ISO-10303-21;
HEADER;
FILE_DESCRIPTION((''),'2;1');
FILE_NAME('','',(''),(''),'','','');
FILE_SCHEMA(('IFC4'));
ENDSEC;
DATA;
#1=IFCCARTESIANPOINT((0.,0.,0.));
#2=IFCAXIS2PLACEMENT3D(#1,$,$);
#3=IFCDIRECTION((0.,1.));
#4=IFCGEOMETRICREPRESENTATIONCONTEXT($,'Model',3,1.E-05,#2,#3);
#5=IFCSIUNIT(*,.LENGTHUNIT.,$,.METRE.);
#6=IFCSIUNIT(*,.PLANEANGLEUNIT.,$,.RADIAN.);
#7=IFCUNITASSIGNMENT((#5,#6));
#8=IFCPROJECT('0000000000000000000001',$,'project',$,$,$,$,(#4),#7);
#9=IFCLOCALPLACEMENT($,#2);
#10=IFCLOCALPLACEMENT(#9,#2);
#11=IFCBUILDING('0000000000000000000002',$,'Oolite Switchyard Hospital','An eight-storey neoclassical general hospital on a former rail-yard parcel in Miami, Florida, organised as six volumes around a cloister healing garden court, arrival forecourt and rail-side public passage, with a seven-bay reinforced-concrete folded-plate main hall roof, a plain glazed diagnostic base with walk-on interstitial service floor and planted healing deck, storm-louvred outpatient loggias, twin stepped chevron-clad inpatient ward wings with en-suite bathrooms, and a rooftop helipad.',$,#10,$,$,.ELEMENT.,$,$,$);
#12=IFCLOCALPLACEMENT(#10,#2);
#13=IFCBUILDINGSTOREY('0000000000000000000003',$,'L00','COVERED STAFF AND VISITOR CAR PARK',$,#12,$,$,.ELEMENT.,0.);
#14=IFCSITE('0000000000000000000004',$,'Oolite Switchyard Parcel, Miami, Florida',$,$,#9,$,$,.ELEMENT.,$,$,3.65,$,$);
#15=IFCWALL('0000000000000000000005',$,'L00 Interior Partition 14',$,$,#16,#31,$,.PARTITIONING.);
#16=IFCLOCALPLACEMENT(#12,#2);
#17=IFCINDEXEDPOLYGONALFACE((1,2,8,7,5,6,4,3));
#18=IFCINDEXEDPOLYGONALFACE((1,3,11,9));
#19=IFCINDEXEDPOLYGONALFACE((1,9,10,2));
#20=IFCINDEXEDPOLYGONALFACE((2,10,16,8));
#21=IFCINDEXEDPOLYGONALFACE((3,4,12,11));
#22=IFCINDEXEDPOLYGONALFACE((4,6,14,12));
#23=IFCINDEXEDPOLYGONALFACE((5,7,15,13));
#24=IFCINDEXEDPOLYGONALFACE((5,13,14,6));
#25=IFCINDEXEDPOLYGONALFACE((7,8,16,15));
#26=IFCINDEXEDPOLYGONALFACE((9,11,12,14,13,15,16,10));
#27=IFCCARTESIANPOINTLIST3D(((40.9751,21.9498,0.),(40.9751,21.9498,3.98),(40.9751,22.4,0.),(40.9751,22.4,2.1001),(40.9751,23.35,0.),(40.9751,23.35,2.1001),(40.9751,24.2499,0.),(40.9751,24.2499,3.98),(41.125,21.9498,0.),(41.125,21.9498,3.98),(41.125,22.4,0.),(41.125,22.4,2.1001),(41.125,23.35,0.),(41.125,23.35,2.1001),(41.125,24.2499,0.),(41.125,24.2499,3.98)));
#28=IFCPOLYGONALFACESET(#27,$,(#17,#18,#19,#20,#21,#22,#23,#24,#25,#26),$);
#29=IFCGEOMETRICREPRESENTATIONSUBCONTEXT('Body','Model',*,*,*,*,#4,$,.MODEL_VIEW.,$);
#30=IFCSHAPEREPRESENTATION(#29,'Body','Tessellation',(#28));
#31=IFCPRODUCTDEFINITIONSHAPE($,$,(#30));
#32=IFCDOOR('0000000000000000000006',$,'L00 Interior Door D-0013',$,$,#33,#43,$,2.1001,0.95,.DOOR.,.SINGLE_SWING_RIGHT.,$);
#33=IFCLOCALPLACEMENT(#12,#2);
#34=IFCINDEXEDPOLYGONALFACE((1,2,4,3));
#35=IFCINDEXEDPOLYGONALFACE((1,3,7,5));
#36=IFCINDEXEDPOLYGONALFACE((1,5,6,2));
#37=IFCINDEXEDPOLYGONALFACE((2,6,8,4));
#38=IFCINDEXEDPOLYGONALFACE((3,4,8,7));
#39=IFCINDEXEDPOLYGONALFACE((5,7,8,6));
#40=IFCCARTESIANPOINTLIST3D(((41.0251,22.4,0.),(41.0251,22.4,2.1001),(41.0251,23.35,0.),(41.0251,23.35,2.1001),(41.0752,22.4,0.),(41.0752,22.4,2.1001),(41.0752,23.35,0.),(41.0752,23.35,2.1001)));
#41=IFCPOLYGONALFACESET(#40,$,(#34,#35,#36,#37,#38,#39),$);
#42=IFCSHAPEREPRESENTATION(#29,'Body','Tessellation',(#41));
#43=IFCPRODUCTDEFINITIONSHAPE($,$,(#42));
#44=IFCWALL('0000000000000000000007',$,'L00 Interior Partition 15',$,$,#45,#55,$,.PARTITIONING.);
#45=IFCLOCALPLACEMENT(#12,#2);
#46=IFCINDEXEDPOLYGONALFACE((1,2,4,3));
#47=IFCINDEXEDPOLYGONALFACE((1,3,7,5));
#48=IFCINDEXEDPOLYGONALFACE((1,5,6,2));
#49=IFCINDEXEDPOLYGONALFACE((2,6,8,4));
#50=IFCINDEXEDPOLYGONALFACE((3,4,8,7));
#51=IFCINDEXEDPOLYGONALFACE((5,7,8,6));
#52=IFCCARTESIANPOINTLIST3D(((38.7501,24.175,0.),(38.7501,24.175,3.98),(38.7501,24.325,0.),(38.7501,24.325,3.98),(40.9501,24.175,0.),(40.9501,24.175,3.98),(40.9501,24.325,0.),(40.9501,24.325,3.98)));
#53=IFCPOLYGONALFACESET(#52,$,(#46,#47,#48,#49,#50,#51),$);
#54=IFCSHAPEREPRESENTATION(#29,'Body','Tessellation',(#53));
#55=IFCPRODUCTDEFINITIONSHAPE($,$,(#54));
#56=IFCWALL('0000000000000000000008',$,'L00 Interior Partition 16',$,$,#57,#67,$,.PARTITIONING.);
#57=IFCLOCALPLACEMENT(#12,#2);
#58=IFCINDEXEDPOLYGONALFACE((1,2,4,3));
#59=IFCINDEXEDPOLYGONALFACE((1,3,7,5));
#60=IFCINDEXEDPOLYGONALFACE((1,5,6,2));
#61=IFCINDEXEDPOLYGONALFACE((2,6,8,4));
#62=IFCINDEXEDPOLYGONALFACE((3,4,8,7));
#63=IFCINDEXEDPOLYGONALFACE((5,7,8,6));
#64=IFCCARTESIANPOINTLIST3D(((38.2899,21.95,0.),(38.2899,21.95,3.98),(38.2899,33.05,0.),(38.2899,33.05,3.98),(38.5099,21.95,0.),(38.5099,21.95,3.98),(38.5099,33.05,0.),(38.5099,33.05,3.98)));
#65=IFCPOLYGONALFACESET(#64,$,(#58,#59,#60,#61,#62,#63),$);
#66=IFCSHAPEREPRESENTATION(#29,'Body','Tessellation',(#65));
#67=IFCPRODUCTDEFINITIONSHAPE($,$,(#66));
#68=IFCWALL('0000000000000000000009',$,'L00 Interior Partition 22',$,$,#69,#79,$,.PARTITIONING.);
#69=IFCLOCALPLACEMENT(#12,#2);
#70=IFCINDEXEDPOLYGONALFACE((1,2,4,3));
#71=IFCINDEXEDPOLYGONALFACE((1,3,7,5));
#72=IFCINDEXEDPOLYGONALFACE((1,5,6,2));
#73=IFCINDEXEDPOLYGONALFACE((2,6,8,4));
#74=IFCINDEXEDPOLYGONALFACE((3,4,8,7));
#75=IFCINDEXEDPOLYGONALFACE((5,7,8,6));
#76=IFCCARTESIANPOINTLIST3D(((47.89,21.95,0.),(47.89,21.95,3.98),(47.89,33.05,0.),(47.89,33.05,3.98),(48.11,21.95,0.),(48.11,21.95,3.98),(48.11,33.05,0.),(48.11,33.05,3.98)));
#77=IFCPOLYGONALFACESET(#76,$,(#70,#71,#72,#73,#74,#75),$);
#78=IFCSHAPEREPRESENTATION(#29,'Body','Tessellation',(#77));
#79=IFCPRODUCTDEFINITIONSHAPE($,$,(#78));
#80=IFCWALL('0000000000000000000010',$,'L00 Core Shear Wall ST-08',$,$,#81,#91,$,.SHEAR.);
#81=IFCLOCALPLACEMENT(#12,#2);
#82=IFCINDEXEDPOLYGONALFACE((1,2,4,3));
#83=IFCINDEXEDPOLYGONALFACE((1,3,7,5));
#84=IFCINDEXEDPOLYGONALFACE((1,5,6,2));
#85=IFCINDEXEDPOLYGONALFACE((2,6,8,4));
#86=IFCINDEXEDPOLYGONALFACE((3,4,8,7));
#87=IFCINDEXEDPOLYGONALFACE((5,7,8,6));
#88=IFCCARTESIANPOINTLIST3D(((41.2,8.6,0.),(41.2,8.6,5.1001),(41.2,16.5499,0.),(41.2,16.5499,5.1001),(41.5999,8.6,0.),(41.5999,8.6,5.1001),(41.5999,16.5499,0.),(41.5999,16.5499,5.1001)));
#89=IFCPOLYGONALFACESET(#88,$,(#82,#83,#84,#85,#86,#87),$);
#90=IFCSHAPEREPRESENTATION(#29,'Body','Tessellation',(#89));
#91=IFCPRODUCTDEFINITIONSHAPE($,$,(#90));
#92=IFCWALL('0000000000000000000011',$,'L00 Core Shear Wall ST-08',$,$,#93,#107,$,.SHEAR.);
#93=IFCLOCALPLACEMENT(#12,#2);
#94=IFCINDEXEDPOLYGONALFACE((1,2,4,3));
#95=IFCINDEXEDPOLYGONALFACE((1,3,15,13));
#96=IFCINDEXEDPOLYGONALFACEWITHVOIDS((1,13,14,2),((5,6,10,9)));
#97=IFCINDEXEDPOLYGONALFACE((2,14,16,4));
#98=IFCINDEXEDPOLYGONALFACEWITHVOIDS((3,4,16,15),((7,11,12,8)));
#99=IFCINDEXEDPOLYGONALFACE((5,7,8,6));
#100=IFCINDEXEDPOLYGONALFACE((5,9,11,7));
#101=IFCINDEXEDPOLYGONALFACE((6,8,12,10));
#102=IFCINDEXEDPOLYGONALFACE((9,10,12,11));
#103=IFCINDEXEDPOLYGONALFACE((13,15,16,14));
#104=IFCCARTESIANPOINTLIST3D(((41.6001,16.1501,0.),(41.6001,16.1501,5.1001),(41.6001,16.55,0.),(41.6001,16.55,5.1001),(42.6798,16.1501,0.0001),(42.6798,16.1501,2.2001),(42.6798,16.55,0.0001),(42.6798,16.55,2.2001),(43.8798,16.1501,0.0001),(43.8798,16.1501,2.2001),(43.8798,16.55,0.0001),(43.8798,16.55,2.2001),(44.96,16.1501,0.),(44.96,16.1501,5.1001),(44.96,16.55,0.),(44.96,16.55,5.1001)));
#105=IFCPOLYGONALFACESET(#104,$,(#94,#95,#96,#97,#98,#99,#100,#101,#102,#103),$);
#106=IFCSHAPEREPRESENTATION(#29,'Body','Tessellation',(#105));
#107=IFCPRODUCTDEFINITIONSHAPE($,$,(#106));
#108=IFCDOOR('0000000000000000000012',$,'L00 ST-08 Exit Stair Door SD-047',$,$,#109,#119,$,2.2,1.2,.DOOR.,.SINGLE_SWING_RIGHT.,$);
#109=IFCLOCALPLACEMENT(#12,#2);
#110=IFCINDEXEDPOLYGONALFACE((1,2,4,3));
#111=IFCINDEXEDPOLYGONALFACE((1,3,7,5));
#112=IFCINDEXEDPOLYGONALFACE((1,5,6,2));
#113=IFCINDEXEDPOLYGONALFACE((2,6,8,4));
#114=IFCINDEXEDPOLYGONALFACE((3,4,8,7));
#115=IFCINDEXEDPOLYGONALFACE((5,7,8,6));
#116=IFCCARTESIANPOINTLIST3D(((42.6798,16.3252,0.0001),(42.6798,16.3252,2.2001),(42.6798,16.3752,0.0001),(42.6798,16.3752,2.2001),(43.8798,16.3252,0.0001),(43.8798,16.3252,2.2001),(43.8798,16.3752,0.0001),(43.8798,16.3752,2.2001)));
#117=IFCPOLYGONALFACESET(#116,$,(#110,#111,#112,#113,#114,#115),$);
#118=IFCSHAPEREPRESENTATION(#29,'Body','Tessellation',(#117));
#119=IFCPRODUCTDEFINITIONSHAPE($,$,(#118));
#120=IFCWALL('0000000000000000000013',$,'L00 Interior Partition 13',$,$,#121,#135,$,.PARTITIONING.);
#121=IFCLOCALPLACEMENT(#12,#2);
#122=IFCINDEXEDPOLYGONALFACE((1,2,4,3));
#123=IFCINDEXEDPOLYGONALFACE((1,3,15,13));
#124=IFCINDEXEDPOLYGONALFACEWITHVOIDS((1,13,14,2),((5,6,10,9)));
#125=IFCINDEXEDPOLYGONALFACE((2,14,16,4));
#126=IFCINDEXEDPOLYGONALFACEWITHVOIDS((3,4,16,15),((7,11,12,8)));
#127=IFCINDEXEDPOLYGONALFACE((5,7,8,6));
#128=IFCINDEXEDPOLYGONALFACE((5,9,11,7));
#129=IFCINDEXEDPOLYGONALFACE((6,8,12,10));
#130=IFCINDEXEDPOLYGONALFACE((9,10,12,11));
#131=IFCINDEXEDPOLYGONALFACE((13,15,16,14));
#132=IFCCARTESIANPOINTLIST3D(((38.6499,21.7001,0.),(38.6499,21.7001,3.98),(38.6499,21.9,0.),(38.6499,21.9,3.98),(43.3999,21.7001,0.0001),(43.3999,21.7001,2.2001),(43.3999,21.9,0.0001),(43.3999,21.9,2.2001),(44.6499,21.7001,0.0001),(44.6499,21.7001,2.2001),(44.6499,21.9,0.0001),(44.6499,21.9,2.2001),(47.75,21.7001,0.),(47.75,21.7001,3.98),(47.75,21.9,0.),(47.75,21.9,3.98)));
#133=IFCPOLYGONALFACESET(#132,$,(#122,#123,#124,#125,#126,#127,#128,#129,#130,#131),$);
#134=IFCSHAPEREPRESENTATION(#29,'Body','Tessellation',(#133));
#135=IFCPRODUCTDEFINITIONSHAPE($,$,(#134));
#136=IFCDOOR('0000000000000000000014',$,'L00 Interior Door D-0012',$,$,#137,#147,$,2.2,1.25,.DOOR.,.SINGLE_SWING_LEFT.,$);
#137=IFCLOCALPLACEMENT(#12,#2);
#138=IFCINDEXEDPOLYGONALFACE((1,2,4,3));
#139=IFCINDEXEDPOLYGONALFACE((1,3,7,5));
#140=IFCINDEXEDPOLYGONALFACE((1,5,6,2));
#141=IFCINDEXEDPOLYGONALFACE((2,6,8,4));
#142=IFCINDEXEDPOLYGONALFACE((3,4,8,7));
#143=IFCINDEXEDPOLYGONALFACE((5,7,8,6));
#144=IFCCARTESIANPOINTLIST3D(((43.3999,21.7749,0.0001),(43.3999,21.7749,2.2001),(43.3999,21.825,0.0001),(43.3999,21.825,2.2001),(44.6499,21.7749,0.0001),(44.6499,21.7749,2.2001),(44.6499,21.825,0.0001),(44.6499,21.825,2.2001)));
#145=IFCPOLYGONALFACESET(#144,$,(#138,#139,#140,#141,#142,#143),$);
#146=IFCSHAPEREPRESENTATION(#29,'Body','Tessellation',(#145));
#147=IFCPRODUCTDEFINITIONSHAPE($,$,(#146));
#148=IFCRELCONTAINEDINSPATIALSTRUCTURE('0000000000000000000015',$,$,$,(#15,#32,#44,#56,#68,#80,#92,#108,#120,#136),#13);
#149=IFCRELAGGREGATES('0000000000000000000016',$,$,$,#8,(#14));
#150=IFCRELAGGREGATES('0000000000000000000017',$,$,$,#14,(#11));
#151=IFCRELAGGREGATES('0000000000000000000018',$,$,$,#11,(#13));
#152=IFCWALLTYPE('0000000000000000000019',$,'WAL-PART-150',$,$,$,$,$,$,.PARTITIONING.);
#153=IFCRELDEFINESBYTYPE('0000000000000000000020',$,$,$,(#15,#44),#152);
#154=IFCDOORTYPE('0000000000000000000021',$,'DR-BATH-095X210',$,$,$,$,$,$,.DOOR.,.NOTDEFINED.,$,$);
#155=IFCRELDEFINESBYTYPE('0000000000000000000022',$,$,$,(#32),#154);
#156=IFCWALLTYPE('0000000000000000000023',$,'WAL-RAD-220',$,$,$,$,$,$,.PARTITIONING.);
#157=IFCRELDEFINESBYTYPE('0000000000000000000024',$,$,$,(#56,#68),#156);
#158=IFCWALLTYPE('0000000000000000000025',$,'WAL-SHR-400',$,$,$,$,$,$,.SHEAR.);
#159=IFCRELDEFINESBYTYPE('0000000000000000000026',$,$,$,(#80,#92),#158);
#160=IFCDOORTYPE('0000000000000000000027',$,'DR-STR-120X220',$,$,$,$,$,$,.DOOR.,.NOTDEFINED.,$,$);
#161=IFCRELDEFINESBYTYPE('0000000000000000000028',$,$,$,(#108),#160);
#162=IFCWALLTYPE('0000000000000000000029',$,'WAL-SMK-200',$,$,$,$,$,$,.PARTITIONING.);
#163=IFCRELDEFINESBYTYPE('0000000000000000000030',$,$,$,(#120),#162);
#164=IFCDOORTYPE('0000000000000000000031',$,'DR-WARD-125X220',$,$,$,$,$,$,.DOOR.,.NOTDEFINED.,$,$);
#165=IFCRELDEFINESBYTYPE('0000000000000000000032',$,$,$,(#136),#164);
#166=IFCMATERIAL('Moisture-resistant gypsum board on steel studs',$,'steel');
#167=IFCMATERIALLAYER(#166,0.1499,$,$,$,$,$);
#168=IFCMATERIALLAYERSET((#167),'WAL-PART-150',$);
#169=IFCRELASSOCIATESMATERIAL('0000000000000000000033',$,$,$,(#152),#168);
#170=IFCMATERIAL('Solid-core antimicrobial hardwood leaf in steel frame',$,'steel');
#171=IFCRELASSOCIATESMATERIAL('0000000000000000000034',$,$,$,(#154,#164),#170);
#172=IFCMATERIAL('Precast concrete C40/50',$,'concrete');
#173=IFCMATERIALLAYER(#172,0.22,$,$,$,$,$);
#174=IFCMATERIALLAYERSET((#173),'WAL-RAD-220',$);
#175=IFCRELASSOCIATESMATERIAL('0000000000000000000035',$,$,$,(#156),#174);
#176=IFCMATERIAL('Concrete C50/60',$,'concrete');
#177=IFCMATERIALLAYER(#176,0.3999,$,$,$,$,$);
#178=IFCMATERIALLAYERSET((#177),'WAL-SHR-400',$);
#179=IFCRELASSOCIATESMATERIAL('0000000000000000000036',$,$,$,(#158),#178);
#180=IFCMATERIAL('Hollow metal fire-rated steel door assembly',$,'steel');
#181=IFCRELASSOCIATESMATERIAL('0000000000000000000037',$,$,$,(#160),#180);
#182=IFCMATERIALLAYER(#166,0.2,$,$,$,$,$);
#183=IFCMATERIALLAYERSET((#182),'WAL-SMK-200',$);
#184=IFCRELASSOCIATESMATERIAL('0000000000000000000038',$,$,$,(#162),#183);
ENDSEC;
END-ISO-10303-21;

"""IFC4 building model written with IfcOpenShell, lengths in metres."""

from ifc_helpers import new_model, si_unit, direction, frame, frame_2d, origin, place, context, subcontext, project, spatial, rectangle, extrude, material, layer, layer_set, type_object, element, fill, save


model = new_model("IFC4")

# Units and contexts
model_context = context("Model", 3, precision=1e-05, world=origin(), true_north=direction((0.0, 1.0)))
body_context = subcontext(model_context, "Body", "Model", "MODEL_VIEW")
ifc_project = project(units=[si_unit("LENGTHUNIT", "METRE"), si_unit("PLANEANGLEUNIT", "RADIAN")], contexts=[model_context])

# Site, building, storey
site_placement = place(None, origin())
site = spatial("IfcSite", under=ifc_project, at=site_placement, Name="Oolite Switchyard Parcel, Miami, Florida", CompositionType="ELEMENT", RefElevation=3.65)
building_placement = place(site_placement, origin())
building = spatial("IfcBuilding", under=site, at=building_placement, Name="Oolite Switchyard Hospital", Description="An eight-storey neoclassical general hospital on a former rail-yard parcel in Miami, Florida, organised as six volumes around a cloister healing garden court, arrival forecourt and rail-side public passage, with a seven-bay reinforced-concrete folded-plate main hall roof, a plain glazed diagnostic base with walk-on interstitial service floor and planted healing deck, storm-louvred outpatient loggias, twin stepped chevron-clad inpatient ward wings with en-suite bathrooms, and a rooftop helipad.", CompositionType="ELEMENT")
storey_placement = place(building_placement, origin())
storey = spatial("IfcBuildingStorey", under=building, at=storey_placement, Name="L00", Description="COVERED STAFF AND VISITOR CAR PARK", CompositionType="ELEMENT", Elevation=0.0)

# Shared definitions
ifc_material_1 = material(Name="Concrete C50/60", Category="concrete")

# Wall, opening, door
ifc_material_2 = material(Name="Moisture-resistant gypsum board on steel studs", Category="steel")
ifc_layer_1 = layer(ifc_material_2, 0.1499)
ifc_layer_set_1 = layer_set([ifc_layer_1], Name="WAL-PART-150")
wall_type_1 = type_object("IfcWallType", Name="WAL-PART-150", PredefinedType="PARTITIONING", material=ifc_layer_set_1)
wall_1_placement = place(storey_placement, frame((41.05, 21.95, 0.0), z_axis=(0.0, 0.0, 1.0), x_axis=(0.0, 1.0, 0.0)))
wall_1 = element("IfcWall", 1, at=wall_1_placement, inside=storey, type_object=wall_type_1, Name="L00 Interior Partition 14", PredefinedType="PARTITIONING", context=body_context, shape_type="SweptSolid", body=[
    extrude(rectangle(XDim=2.3, YDim=0.1499, at=frame_2d((1.1499, 0.0))), origin(), (0.0, 0.0, 1.0), 3.98),
])
opening_1_placement = place(wall_1_placement, frame((0.45, 0.0, 0.0)))
opening_1 = element("IfcOpeningElement", 2, at=opening_1_placement, cuts=wall_1, PredefinedType="OPENING", context=body_context, shape_type="SweptSolid", body=[
    extrude(rectangle(XDim=0.95, YDim=2.1001, at=frame_2d((0.4751, 1.05))), frame((0.0, 0.085, 0.0), z_axis=(0.0, -1.0, 0.0), x_axis=(1.0, 0.0, 0.0)), (0.0, 0.0, 1.0), 0.1699),
])
ifc_material_3 = material(Name="Solid-core antimicrobial hardwood leaf in steel frame", Category="steel")
door_type_1 = type_object("IfcDoorType", Name="DR-BATH-095X210", OperationType="NOTDEFINED", PredefinedType="DOOR", material=ifc_material_3)
door_1_placement = place(opening_1_placement, origin())
door_1 = element("IfcDoor", 3, at=door_1_placement, inside=storey, type_object=door_type_1, Name="L00 Interior Door D-0013", OperationType="SINGLE_SWING_RIGHT", OverallHeight=2.1001, OverallWidth=0.95, PredefinedType="DOOR", context=body_context, shape_type="SweptSolid", body=[
    extrude(rectangle(XDim=0.95, YDim=2.1001, at=frame_2d((0.4751, 1.05))), frame((0.0, 0.0249, 0.0), z_axis=(0.0, -1.0, 0.0), x_axis=(1.0, 0.0, 0.0)), (0.0, 0.0, 1.0), 0.05),
])
fill(opening_1, door_1)

# Walls
wall_2_placement = place(storey_placement, frame((38.75, 24.25, 0.0), z_axis=(0.0, 0.0, 1.0), x_axis=(1.0, 0.0, 0.0)))
element("IfcWall", 4, at=wall_2_placement, inside=storey, type_object=wall_type_1, Name="L00 Interior Partition 15", PredefinedType="PARTITIONING", context=body_context, shape_type="SweptSolid", body=[
    extrude(rectangle(XDim=2.2, YDim=0.1499, at=frame_2d((1.1001, 0.0))), origin(), (0.0, 0.0, 1.0), 3.98),
])
ifc_material_4 = material(Name="Precast concrete C40/50", Category="concrete")
ifc_layer_2 = layer(ifc_material_4, 0.22)
ifc_layer_set_2 = layer_set([ifc_layer_2], Name="WAL-RAD-220")
wall_type_2 = type_object("IfcWallType", Name="WAL-RAD-220", PredefinedType="PARTITIONING", material=ifc_layer_set_2)
for number, where, z_axis, x_axis, name in (
    (5, (38.3999, 21.95, 0.0), (0.0, 0.0, 1.0), (0.0, 1.0, 0.0), "L00 Interior Partition 16"),
    (6, (48.0, 21.95, 0.0), (0.0, 0.0, 1.0), (0.0, 1.0, 0.0), "L00 Interior Partition 22"),
):
    element("IfcWall", number, at=place(storey_placement, frame(where, z_axis=z_axis, x_axis=x_axis)), inside=storey, type_object=wall_type_2, Name=name, PredefinedType="PARTITIONING", context=body_context, shape_type="SweptSolid", body=[
        extrude(rectangle(XDim=11.1001, YDim=0.22, at=frame_2d((5.55, 0.0))), origin(), (0.0, 0.0, 1.0), 3.98),
    ])
ifc_layer_3 = layer(ifc_material_1, 0.3999)
ifc_layer_set_3 = layer_set([ifc_layer_3], Name="WAL-SHR-400")
wall_type_3 = type_object("IfcWallType", Name="WAL-SHR-400", PredefinedType="SHEAR", material=ifc_layer_set_3)
wall_3_placement = place(storey_placement, frame((41.3999, 16.55, 0.0), z_axis=(0.0, 0.0, 1.0), x_axis=(0.0, -1.0, 0.0)))
element("IfcWall", 7, at=wall_3_placement, inside=storey, type_object=wall_type_3, Name="L00 Core Shear Wall ST-08", PredefinedType="SHEAR", context=body_context, shape_type="SweptSolid", body=[
    extrude(rectangle(XDim=7.95, YDim=0.3999, at=frame_2d((3.9751, 0.0))), origin(), (0.0, 0.0, 1.0), 5.1001),
])

# Walls, openings, doors
wall_4_placement = place(storey_placement, frame((44.96, 16.3501, 0.0), z_axis=(0.0, 0.0, 1.0), x_axis=(-1.0, 0.0, 0.0)))
wall_4 = element("IfcWall", 8, at=wall_4_placement, inside=storey, type_object=wall_type_3, Name="L00 Core Shear Wall ST-08", PredefinedType="SHEAR", context=body_context, shape_type="SweptSolid", body=[
    extrude(rectangle(XDim=3.3599, YDim=0.3999, at=frame_2d((1.6799, 0.0))), origin(), (0.0, 0.0, 1.0), 5.1001),
])
opening_2_placement = place(wall_4_placement, frame((1.0801, 0.0, 0.0)))
opening_2 = element("IfcOpeningElement", 9, at=opening_2_placement, cuts=wall_4, PredefinedType="OPENING", context=body_context, shape_type="SweptSolid", body=[
    extrude(rectangle(XDim=1.2, YDim=2.2, at=frame_2d((0.6001, 1.1001))), frame((0.0, 0.21, 0.0), z_axis=(0.0, -1.0, 0.0), x_axis=(1.0, 0.0, 0.0)), (0.0, 0.0, 1.0), 0.4199),
])
ifc_material_5 = material(Name="Hollow metal fire-rated steel door assembly", Category="steel")
door_type_2 = type_object("IfcDoorType", Name="DR-STR-120X220", OperationType="NOTDEFINED", PredefinedType="DOOR", material=ifc_material_5)
door_2_placement = place(opening_2_placement, origin())
door_2 = element("IfcDoor", 10, at=door_2_placement, inside=storey, type_object=door_type_2, Name="L00 ST-08 Exit Stair Door SD-047", OperationType="SINGLE_SWING_RIGHT", OverallHeight=2.2, OverallWidth=1.2, PredefinedType="DOOR", context=body_context, shape_type="SweptSolid", body=[
    extrude(rectangle(XDim=1.2, YDim=2.2, at=frame_2d((0.6001, 1.1001))), frame((0.0, 0.0249, 0.0), z_axis=(0.0, -1.0, 0.0), x_axis=(1.0, 0.0, 0.0)), (0.0, 0.0, 1.0), 0.05),
])
fill(opening_2, door_2)
ifc_layer_4 = layer(ifc_material_2, 0.2)
ifc_layer_set_4 = layer_set([ifc_layer_4], Name="WAL-SMK-200")
wall_type_4 = type_object("IfcWallType", Name="WAL-SMK-200", PredefinedType="PARTITIONING", material=ifc_layer_set_4)
wall_5_placement = place(storey_placement, frame((38.6499, 21.8, 0.0), z_axis=(0.0, 0.0, 1.0), x_axis=(1.0, 0.0, 0.0)))
wall_5 = element("IfcWall", 11, at=wall_5_placement, inside=storey, type_object=wall_type_4, Name="L00 Interior Partition 13", PredefinedType="PARTITIONING", context=body_context, shape_type="SweptSolid", body=[
    extrude(rectangle(XDim=9.1001, YDim=0.2, at=frame_2d((4.55, 0.0))), origin(), (0.0, 0.0, 1.0), 3.98),
])
opening_3_placement = place(wall_5_placement, frame((4.75, 0.0, 0.0)))
opening_3 = element("IfcOpeningElement", 12, at=opening_3_placement, cuts=wall_5, PredefinedType="OPENING", context=body_context, shape_type="SweptSolid", body=[
    extrude(rectangle(XDim=1.25, YDim=2.2, at=frame_2d((0.625, 1.1001))), frame((0.0, 0.1099, 0.0), z_axis=(0.0, -1.0, 0.0), x_axis=(1.0, 0.0, 0.0)), (0.0, 0.0, 1.0), 0.22),
])
door_type_3 = type_object("IfcDoorType", Name="DR-WARD-125X220", OperationType="NOTDEFINED", PredefinedType="DOOR", material=ifc_material_3)
door_3_placement = place(opening_3_placement, origin())
door_3 = element("IfcDoor", 13, at=door_3_placement, inside=storey, type_object=door_type_3, Name="L00 Interior Door D-0012", OperationType="SINGLE_SWING_LEFT", OverallHeight=2.2, OverallWidth=1.25, PredefinedType="DOOR", context=body_context, shape_type="SweptSolid", body=[
    extrude(rectangle(XDim=1.25, YDim=2.2, at=frame_2d((0.625, 1.1001))), frame((0.0, 0.0249, 0.0), z_axis=(0.0, -1.0, 0.0), x_axis=(1.0, 0.0, 0.0)), (0.0, 0.0, 1.0), 0.05),
])
fill(opening_3, door_3)

save(model, "model.ifc")
